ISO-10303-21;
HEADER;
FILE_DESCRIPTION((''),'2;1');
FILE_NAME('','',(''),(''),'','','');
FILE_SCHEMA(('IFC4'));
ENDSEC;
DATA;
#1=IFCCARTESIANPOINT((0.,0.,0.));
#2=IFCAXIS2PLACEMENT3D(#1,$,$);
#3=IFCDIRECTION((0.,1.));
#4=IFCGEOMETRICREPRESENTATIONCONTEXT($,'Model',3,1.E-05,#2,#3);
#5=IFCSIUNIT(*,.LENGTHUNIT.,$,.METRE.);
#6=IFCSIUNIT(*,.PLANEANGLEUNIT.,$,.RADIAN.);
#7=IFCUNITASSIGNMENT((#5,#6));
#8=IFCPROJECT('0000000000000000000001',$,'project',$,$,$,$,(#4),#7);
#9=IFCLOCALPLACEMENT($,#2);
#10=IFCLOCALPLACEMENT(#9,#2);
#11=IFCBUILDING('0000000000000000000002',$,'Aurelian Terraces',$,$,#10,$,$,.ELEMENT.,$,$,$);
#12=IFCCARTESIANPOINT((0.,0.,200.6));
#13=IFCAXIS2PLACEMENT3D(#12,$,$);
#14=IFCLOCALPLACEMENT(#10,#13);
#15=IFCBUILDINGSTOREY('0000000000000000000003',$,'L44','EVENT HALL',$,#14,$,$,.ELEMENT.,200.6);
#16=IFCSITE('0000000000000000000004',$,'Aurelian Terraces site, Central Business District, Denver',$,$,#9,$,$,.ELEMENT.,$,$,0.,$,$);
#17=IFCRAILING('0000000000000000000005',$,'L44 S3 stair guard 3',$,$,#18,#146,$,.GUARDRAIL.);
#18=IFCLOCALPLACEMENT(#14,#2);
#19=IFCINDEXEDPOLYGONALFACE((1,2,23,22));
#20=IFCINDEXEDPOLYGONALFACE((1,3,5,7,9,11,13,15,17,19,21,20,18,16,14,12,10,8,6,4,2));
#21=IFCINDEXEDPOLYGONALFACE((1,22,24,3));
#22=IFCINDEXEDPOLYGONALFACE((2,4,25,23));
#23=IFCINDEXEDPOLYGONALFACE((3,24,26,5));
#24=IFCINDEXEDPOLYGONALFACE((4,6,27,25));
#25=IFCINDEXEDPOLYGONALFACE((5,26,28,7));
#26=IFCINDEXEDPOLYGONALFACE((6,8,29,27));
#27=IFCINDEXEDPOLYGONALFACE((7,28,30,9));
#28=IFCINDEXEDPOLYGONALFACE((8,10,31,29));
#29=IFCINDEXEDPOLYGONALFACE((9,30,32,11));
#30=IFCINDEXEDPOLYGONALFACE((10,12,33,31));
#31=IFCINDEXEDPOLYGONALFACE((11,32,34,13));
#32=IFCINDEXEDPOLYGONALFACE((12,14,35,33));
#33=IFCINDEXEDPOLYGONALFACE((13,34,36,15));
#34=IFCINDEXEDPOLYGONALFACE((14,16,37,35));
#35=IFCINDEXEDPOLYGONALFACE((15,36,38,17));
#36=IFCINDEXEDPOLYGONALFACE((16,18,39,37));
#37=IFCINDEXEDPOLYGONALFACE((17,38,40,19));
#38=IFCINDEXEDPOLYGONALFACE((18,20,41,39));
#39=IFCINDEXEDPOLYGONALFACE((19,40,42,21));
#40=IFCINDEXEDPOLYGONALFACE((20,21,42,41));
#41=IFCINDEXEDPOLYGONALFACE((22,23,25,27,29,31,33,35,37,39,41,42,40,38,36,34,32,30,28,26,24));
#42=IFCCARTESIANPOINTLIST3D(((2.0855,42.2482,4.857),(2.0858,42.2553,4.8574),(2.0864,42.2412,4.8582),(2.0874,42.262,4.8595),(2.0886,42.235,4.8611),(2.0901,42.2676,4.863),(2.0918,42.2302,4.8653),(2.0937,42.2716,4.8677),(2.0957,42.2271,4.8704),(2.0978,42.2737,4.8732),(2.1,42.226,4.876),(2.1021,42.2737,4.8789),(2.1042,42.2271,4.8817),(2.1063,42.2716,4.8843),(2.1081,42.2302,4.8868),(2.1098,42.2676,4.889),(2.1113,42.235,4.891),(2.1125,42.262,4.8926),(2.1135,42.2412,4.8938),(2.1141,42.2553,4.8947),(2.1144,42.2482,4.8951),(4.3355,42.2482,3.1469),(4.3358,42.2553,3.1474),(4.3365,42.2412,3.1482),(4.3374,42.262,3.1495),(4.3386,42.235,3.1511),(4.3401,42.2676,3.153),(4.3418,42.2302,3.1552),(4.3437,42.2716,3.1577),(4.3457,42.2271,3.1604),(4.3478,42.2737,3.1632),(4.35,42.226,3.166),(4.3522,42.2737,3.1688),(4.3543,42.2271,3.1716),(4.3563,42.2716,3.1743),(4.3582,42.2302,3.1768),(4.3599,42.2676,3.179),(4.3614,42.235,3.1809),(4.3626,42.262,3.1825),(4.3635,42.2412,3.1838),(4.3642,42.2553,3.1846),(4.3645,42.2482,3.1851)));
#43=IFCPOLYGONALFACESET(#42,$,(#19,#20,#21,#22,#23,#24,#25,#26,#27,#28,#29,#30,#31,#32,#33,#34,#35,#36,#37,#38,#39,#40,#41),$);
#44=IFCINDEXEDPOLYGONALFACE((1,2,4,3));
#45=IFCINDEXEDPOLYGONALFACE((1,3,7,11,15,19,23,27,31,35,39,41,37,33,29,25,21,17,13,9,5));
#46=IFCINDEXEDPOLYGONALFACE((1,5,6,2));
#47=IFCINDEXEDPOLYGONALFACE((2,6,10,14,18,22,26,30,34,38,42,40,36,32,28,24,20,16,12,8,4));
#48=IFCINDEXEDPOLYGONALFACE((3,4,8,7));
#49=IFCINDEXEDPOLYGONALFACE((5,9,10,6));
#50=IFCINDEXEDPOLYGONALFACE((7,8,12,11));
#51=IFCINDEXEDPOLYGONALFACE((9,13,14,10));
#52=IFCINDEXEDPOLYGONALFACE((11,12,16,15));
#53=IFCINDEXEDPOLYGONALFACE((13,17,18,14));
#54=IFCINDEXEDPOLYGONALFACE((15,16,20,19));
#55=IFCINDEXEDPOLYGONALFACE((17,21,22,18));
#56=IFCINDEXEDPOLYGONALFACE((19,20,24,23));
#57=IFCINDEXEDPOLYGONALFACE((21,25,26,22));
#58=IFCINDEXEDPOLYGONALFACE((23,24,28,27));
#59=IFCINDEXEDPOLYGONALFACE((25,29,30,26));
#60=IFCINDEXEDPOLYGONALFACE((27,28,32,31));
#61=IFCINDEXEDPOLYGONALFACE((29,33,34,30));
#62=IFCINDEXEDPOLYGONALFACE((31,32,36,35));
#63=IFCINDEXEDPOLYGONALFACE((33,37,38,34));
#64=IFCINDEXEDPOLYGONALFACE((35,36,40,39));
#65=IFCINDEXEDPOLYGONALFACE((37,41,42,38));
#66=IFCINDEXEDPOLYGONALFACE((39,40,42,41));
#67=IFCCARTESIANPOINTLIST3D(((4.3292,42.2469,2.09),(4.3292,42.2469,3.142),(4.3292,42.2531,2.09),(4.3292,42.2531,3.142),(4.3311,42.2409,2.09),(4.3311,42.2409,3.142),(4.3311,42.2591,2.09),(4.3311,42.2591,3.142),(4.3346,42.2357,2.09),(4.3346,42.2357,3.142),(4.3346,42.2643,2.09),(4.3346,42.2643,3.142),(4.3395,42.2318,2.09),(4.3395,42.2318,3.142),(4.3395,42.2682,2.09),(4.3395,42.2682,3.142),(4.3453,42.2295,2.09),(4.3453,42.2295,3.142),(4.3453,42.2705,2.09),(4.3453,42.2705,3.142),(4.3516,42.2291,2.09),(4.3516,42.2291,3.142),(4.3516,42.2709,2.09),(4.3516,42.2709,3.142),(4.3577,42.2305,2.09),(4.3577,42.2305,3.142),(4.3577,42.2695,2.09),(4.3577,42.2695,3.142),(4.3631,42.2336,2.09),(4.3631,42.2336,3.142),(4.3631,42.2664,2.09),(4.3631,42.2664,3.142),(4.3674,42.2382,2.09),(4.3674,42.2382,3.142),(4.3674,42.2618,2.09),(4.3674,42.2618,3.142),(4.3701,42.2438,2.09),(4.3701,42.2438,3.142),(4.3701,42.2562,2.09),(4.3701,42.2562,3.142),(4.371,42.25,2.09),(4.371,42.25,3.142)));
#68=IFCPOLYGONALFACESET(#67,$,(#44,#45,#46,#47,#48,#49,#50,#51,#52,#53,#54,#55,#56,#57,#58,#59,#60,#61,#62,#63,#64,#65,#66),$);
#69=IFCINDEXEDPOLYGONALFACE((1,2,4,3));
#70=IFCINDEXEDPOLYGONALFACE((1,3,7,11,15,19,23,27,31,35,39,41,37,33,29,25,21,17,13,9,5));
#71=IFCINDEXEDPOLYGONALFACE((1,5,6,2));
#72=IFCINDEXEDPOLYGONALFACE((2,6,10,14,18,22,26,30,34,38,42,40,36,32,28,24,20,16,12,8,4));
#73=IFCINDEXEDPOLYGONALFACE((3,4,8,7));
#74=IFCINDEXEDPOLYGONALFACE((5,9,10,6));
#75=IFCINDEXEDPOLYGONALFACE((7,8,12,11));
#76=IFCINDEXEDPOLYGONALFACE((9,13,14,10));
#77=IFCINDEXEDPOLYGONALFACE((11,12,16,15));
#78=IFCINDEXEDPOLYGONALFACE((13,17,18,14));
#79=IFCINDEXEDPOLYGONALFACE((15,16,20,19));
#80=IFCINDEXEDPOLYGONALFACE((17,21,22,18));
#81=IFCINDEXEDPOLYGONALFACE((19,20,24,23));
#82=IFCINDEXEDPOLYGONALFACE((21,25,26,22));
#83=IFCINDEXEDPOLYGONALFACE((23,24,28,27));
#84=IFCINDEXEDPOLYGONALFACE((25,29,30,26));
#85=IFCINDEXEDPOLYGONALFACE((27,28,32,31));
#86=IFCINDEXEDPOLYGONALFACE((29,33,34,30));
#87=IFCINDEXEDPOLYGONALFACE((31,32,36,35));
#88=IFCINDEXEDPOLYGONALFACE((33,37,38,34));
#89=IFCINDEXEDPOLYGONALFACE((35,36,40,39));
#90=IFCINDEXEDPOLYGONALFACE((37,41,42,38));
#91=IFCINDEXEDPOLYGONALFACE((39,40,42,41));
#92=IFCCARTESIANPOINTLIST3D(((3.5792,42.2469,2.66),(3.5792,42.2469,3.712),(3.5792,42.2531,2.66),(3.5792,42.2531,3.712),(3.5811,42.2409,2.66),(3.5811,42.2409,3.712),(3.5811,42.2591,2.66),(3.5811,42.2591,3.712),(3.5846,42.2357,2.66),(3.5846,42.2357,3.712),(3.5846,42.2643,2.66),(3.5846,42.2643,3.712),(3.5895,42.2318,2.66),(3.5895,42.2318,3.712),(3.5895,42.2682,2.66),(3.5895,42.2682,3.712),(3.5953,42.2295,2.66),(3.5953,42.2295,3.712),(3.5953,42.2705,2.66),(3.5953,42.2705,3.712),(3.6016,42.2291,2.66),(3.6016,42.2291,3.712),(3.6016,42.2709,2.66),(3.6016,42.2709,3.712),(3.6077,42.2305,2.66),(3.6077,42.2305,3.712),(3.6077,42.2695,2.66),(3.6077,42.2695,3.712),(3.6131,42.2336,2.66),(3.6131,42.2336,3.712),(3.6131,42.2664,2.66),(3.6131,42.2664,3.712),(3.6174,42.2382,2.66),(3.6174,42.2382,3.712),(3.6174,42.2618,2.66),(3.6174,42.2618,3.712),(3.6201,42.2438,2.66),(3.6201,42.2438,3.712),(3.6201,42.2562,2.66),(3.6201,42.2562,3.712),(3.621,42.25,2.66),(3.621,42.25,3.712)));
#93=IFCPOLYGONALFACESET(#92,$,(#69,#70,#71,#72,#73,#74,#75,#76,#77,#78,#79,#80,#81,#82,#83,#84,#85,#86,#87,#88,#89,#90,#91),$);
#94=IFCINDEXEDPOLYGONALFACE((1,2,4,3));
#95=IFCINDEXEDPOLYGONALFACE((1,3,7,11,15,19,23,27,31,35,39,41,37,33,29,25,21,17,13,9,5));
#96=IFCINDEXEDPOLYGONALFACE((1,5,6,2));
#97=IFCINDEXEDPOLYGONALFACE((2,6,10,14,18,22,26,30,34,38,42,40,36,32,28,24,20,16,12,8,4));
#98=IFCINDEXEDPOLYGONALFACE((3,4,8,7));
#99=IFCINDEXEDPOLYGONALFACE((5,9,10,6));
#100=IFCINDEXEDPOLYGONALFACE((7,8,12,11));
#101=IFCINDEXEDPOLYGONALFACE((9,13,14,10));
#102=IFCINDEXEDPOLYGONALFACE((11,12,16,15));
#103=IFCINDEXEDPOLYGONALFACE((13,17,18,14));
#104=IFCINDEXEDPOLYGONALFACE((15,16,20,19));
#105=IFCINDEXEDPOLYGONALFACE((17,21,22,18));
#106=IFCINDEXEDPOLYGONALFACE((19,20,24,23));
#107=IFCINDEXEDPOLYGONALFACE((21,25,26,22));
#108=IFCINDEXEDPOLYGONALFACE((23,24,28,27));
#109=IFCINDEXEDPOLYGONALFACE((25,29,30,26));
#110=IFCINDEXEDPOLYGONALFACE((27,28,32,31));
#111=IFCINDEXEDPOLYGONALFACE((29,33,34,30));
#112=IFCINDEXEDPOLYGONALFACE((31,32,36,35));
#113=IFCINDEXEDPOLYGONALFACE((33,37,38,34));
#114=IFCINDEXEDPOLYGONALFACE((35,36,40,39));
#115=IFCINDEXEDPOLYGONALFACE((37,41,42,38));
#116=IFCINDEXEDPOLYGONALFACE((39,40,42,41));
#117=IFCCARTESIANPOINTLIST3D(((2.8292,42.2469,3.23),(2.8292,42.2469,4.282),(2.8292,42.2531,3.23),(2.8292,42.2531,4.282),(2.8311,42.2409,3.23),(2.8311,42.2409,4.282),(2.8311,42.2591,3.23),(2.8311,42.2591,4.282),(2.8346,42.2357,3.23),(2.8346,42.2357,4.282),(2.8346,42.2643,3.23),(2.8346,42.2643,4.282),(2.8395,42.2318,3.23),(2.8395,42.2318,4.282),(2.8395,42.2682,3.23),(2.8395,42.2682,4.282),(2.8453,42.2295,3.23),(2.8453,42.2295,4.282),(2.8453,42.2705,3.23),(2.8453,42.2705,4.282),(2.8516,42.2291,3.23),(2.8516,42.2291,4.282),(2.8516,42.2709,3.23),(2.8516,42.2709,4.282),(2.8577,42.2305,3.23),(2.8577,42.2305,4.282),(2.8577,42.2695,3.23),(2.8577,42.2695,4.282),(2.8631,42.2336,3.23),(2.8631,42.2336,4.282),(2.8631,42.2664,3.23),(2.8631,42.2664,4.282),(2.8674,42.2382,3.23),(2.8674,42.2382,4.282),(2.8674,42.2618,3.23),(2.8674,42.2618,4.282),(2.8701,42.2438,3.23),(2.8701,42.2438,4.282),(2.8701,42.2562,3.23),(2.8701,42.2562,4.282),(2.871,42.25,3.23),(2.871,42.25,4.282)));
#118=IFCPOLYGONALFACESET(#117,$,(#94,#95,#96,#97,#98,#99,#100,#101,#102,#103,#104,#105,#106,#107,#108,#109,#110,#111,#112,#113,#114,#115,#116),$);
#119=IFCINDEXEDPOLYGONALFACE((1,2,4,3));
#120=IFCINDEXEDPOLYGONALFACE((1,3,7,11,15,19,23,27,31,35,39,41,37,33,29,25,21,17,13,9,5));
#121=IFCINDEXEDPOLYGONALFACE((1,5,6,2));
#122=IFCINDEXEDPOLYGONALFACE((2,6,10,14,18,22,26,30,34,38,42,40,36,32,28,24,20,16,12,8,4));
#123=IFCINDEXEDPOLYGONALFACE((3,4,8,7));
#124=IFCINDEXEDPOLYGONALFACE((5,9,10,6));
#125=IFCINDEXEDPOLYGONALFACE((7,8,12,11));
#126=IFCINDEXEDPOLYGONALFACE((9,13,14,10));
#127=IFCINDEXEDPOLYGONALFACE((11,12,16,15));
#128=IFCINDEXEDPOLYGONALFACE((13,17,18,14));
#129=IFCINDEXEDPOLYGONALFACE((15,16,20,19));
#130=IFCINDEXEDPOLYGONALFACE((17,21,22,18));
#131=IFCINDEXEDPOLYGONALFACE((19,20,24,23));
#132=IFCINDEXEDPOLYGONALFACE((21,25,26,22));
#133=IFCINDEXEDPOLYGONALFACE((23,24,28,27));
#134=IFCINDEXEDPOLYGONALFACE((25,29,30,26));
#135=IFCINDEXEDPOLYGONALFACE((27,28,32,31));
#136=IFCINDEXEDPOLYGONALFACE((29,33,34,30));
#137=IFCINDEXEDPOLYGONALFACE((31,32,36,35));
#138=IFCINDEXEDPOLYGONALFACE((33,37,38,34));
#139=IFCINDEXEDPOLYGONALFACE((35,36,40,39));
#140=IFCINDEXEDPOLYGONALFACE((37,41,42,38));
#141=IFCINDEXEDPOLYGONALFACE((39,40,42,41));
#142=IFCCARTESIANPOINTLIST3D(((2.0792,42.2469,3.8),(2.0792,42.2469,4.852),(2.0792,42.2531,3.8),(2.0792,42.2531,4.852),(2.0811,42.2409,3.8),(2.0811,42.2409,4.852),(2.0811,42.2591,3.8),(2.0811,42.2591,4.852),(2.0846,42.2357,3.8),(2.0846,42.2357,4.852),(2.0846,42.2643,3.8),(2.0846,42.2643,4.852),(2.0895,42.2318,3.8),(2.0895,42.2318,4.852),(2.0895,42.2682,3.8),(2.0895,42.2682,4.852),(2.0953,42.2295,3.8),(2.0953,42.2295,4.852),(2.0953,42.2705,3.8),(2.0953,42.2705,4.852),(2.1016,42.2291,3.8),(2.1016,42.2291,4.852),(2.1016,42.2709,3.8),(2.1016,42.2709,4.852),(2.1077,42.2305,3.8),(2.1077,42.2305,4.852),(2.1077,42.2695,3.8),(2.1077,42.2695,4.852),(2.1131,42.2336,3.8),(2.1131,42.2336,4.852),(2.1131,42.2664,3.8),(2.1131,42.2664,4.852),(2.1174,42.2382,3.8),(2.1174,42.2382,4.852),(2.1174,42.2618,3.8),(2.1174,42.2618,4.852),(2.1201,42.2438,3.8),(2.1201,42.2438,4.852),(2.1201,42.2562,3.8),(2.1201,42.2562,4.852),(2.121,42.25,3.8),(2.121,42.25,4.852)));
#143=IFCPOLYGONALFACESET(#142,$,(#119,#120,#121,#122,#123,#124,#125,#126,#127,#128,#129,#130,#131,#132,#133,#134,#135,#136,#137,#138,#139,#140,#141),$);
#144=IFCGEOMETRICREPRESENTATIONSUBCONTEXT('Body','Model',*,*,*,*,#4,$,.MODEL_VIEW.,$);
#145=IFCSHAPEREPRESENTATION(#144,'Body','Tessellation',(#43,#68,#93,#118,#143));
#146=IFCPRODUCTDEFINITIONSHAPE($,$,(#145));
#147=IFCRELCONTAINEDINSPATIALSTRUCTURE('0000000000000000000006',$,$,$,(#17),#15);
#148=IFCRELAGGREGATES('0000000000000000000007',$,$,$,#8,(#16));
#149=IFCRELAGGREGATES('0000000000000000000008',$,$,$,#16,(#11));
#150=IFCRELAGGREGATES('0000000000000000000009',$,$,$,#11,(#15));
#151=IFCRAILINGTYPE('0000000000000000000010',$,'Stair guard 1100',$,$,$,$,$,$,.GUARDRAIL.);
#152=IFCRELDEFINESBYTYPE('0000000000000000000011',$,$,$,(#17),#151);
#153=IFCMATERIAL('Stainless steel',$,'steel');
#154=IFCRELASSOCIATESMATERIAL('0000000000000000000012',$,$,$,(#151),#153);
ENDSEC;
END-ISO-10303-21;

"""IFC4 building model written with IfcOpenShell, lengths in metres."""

from ifc_helpers import new_model, si_unit, direction, frame, origin, origin_2d, place, context, subcontext, project, spatial, circle, extrude, source, transform, mapped, material, type_object, element, save


model = new_model("IFC4")

# Units and contexts
model_context = context("Model", 3, precision=1e-05, world=origin(), true_north=direction((0.0, 1.0)))
body_context = subcontext(model_context, "Body", "Model", "MODEL_VIEW")
ifc_project = project(units=[si_unit("LENGTHUNIT", "METRE"), si_unit("PLANEANGLEUNIT", "RADIAN")], contexts=[model_context])

# Site, building, storey
site_placement = place(None, origin())
site = spatial("IfcSite", under=ifc_project, at=site_placement, Name="Aurelian Terraces site, Central Business District, Denver", CompositionType="ELEMENT", RefElevation=0.0)
building_placement = place(site_placement, origin())
building = spatial("IfcBuilding", under=site, at=building_placement, Name="Aurelian Terraces", CompositionType="ELEMENT")
storey_placement = place(building_placement, frame((0.0, 0.0, 200.6)))
storey = spatial("IfcBuildingStorey", under=building, at=storey_placement, Name="L44", Description="EVENT HALL", CompositionType="ELEMENT", Elevation=200.6)

# Railing
ifc_material_1 = material(Name="Stainless steel", Category="steel")
railing_type_1 = type_object("IfcRailingType", Name="Stair guard 1100", PredefinedType="GUARDRAIL", material=ifc_material_1)
shared_shape_1 = source(origin(), body_context, "Body", "SweptSolid", [
    extrude(circle(Radius=0.024, at=origin_2d()), frame((0.0, 0.0, 1.076), z_axis=(-0.796162, 0.0, 0.605083), x_axis=(0.0, -1.0, 0.0)), (0.0, 0.0, 1.0), 2.8261),
    extrude(circle(Radius=0.021, at=origin_2d()), origin(), (0.0, 0.0, 1.0), 1.052),
    extrude(circle(Radius=0.021, at=origin_2d()), frame((-0.75, 0.0, 0.57)), (0.0, 0.0, 1.0), 1.052),
    extrude(circle(Radius=0.021, at=origin_2d()), frame((-1.5, 0.0, 1.14)), (0.0, 0.0, 1.0), 1.052),
    extrude(circle(Radius=0.021, at=origin_2d()), frame((-2.25, 0.0, 1.71)), (0.0, 0.0, 1.0), 1.052),
])
railing_1_placement = place(storey_placement, frame((4.35, 42.25, 2.09)))
element("IfcRailing", 1, at=railing_1_placement, inside=storey, type_object=railing_type_1, Name="L44 S3 stair guard 3", PredefinedType="GUARDRAIL", context=body_context, shape_type="MappedRepresentation", body=[
    mapped(shared_shape_1, transform((0.0, 0.0, 0.0), scale=1.0)),
])

save(model, "model.ifc")
